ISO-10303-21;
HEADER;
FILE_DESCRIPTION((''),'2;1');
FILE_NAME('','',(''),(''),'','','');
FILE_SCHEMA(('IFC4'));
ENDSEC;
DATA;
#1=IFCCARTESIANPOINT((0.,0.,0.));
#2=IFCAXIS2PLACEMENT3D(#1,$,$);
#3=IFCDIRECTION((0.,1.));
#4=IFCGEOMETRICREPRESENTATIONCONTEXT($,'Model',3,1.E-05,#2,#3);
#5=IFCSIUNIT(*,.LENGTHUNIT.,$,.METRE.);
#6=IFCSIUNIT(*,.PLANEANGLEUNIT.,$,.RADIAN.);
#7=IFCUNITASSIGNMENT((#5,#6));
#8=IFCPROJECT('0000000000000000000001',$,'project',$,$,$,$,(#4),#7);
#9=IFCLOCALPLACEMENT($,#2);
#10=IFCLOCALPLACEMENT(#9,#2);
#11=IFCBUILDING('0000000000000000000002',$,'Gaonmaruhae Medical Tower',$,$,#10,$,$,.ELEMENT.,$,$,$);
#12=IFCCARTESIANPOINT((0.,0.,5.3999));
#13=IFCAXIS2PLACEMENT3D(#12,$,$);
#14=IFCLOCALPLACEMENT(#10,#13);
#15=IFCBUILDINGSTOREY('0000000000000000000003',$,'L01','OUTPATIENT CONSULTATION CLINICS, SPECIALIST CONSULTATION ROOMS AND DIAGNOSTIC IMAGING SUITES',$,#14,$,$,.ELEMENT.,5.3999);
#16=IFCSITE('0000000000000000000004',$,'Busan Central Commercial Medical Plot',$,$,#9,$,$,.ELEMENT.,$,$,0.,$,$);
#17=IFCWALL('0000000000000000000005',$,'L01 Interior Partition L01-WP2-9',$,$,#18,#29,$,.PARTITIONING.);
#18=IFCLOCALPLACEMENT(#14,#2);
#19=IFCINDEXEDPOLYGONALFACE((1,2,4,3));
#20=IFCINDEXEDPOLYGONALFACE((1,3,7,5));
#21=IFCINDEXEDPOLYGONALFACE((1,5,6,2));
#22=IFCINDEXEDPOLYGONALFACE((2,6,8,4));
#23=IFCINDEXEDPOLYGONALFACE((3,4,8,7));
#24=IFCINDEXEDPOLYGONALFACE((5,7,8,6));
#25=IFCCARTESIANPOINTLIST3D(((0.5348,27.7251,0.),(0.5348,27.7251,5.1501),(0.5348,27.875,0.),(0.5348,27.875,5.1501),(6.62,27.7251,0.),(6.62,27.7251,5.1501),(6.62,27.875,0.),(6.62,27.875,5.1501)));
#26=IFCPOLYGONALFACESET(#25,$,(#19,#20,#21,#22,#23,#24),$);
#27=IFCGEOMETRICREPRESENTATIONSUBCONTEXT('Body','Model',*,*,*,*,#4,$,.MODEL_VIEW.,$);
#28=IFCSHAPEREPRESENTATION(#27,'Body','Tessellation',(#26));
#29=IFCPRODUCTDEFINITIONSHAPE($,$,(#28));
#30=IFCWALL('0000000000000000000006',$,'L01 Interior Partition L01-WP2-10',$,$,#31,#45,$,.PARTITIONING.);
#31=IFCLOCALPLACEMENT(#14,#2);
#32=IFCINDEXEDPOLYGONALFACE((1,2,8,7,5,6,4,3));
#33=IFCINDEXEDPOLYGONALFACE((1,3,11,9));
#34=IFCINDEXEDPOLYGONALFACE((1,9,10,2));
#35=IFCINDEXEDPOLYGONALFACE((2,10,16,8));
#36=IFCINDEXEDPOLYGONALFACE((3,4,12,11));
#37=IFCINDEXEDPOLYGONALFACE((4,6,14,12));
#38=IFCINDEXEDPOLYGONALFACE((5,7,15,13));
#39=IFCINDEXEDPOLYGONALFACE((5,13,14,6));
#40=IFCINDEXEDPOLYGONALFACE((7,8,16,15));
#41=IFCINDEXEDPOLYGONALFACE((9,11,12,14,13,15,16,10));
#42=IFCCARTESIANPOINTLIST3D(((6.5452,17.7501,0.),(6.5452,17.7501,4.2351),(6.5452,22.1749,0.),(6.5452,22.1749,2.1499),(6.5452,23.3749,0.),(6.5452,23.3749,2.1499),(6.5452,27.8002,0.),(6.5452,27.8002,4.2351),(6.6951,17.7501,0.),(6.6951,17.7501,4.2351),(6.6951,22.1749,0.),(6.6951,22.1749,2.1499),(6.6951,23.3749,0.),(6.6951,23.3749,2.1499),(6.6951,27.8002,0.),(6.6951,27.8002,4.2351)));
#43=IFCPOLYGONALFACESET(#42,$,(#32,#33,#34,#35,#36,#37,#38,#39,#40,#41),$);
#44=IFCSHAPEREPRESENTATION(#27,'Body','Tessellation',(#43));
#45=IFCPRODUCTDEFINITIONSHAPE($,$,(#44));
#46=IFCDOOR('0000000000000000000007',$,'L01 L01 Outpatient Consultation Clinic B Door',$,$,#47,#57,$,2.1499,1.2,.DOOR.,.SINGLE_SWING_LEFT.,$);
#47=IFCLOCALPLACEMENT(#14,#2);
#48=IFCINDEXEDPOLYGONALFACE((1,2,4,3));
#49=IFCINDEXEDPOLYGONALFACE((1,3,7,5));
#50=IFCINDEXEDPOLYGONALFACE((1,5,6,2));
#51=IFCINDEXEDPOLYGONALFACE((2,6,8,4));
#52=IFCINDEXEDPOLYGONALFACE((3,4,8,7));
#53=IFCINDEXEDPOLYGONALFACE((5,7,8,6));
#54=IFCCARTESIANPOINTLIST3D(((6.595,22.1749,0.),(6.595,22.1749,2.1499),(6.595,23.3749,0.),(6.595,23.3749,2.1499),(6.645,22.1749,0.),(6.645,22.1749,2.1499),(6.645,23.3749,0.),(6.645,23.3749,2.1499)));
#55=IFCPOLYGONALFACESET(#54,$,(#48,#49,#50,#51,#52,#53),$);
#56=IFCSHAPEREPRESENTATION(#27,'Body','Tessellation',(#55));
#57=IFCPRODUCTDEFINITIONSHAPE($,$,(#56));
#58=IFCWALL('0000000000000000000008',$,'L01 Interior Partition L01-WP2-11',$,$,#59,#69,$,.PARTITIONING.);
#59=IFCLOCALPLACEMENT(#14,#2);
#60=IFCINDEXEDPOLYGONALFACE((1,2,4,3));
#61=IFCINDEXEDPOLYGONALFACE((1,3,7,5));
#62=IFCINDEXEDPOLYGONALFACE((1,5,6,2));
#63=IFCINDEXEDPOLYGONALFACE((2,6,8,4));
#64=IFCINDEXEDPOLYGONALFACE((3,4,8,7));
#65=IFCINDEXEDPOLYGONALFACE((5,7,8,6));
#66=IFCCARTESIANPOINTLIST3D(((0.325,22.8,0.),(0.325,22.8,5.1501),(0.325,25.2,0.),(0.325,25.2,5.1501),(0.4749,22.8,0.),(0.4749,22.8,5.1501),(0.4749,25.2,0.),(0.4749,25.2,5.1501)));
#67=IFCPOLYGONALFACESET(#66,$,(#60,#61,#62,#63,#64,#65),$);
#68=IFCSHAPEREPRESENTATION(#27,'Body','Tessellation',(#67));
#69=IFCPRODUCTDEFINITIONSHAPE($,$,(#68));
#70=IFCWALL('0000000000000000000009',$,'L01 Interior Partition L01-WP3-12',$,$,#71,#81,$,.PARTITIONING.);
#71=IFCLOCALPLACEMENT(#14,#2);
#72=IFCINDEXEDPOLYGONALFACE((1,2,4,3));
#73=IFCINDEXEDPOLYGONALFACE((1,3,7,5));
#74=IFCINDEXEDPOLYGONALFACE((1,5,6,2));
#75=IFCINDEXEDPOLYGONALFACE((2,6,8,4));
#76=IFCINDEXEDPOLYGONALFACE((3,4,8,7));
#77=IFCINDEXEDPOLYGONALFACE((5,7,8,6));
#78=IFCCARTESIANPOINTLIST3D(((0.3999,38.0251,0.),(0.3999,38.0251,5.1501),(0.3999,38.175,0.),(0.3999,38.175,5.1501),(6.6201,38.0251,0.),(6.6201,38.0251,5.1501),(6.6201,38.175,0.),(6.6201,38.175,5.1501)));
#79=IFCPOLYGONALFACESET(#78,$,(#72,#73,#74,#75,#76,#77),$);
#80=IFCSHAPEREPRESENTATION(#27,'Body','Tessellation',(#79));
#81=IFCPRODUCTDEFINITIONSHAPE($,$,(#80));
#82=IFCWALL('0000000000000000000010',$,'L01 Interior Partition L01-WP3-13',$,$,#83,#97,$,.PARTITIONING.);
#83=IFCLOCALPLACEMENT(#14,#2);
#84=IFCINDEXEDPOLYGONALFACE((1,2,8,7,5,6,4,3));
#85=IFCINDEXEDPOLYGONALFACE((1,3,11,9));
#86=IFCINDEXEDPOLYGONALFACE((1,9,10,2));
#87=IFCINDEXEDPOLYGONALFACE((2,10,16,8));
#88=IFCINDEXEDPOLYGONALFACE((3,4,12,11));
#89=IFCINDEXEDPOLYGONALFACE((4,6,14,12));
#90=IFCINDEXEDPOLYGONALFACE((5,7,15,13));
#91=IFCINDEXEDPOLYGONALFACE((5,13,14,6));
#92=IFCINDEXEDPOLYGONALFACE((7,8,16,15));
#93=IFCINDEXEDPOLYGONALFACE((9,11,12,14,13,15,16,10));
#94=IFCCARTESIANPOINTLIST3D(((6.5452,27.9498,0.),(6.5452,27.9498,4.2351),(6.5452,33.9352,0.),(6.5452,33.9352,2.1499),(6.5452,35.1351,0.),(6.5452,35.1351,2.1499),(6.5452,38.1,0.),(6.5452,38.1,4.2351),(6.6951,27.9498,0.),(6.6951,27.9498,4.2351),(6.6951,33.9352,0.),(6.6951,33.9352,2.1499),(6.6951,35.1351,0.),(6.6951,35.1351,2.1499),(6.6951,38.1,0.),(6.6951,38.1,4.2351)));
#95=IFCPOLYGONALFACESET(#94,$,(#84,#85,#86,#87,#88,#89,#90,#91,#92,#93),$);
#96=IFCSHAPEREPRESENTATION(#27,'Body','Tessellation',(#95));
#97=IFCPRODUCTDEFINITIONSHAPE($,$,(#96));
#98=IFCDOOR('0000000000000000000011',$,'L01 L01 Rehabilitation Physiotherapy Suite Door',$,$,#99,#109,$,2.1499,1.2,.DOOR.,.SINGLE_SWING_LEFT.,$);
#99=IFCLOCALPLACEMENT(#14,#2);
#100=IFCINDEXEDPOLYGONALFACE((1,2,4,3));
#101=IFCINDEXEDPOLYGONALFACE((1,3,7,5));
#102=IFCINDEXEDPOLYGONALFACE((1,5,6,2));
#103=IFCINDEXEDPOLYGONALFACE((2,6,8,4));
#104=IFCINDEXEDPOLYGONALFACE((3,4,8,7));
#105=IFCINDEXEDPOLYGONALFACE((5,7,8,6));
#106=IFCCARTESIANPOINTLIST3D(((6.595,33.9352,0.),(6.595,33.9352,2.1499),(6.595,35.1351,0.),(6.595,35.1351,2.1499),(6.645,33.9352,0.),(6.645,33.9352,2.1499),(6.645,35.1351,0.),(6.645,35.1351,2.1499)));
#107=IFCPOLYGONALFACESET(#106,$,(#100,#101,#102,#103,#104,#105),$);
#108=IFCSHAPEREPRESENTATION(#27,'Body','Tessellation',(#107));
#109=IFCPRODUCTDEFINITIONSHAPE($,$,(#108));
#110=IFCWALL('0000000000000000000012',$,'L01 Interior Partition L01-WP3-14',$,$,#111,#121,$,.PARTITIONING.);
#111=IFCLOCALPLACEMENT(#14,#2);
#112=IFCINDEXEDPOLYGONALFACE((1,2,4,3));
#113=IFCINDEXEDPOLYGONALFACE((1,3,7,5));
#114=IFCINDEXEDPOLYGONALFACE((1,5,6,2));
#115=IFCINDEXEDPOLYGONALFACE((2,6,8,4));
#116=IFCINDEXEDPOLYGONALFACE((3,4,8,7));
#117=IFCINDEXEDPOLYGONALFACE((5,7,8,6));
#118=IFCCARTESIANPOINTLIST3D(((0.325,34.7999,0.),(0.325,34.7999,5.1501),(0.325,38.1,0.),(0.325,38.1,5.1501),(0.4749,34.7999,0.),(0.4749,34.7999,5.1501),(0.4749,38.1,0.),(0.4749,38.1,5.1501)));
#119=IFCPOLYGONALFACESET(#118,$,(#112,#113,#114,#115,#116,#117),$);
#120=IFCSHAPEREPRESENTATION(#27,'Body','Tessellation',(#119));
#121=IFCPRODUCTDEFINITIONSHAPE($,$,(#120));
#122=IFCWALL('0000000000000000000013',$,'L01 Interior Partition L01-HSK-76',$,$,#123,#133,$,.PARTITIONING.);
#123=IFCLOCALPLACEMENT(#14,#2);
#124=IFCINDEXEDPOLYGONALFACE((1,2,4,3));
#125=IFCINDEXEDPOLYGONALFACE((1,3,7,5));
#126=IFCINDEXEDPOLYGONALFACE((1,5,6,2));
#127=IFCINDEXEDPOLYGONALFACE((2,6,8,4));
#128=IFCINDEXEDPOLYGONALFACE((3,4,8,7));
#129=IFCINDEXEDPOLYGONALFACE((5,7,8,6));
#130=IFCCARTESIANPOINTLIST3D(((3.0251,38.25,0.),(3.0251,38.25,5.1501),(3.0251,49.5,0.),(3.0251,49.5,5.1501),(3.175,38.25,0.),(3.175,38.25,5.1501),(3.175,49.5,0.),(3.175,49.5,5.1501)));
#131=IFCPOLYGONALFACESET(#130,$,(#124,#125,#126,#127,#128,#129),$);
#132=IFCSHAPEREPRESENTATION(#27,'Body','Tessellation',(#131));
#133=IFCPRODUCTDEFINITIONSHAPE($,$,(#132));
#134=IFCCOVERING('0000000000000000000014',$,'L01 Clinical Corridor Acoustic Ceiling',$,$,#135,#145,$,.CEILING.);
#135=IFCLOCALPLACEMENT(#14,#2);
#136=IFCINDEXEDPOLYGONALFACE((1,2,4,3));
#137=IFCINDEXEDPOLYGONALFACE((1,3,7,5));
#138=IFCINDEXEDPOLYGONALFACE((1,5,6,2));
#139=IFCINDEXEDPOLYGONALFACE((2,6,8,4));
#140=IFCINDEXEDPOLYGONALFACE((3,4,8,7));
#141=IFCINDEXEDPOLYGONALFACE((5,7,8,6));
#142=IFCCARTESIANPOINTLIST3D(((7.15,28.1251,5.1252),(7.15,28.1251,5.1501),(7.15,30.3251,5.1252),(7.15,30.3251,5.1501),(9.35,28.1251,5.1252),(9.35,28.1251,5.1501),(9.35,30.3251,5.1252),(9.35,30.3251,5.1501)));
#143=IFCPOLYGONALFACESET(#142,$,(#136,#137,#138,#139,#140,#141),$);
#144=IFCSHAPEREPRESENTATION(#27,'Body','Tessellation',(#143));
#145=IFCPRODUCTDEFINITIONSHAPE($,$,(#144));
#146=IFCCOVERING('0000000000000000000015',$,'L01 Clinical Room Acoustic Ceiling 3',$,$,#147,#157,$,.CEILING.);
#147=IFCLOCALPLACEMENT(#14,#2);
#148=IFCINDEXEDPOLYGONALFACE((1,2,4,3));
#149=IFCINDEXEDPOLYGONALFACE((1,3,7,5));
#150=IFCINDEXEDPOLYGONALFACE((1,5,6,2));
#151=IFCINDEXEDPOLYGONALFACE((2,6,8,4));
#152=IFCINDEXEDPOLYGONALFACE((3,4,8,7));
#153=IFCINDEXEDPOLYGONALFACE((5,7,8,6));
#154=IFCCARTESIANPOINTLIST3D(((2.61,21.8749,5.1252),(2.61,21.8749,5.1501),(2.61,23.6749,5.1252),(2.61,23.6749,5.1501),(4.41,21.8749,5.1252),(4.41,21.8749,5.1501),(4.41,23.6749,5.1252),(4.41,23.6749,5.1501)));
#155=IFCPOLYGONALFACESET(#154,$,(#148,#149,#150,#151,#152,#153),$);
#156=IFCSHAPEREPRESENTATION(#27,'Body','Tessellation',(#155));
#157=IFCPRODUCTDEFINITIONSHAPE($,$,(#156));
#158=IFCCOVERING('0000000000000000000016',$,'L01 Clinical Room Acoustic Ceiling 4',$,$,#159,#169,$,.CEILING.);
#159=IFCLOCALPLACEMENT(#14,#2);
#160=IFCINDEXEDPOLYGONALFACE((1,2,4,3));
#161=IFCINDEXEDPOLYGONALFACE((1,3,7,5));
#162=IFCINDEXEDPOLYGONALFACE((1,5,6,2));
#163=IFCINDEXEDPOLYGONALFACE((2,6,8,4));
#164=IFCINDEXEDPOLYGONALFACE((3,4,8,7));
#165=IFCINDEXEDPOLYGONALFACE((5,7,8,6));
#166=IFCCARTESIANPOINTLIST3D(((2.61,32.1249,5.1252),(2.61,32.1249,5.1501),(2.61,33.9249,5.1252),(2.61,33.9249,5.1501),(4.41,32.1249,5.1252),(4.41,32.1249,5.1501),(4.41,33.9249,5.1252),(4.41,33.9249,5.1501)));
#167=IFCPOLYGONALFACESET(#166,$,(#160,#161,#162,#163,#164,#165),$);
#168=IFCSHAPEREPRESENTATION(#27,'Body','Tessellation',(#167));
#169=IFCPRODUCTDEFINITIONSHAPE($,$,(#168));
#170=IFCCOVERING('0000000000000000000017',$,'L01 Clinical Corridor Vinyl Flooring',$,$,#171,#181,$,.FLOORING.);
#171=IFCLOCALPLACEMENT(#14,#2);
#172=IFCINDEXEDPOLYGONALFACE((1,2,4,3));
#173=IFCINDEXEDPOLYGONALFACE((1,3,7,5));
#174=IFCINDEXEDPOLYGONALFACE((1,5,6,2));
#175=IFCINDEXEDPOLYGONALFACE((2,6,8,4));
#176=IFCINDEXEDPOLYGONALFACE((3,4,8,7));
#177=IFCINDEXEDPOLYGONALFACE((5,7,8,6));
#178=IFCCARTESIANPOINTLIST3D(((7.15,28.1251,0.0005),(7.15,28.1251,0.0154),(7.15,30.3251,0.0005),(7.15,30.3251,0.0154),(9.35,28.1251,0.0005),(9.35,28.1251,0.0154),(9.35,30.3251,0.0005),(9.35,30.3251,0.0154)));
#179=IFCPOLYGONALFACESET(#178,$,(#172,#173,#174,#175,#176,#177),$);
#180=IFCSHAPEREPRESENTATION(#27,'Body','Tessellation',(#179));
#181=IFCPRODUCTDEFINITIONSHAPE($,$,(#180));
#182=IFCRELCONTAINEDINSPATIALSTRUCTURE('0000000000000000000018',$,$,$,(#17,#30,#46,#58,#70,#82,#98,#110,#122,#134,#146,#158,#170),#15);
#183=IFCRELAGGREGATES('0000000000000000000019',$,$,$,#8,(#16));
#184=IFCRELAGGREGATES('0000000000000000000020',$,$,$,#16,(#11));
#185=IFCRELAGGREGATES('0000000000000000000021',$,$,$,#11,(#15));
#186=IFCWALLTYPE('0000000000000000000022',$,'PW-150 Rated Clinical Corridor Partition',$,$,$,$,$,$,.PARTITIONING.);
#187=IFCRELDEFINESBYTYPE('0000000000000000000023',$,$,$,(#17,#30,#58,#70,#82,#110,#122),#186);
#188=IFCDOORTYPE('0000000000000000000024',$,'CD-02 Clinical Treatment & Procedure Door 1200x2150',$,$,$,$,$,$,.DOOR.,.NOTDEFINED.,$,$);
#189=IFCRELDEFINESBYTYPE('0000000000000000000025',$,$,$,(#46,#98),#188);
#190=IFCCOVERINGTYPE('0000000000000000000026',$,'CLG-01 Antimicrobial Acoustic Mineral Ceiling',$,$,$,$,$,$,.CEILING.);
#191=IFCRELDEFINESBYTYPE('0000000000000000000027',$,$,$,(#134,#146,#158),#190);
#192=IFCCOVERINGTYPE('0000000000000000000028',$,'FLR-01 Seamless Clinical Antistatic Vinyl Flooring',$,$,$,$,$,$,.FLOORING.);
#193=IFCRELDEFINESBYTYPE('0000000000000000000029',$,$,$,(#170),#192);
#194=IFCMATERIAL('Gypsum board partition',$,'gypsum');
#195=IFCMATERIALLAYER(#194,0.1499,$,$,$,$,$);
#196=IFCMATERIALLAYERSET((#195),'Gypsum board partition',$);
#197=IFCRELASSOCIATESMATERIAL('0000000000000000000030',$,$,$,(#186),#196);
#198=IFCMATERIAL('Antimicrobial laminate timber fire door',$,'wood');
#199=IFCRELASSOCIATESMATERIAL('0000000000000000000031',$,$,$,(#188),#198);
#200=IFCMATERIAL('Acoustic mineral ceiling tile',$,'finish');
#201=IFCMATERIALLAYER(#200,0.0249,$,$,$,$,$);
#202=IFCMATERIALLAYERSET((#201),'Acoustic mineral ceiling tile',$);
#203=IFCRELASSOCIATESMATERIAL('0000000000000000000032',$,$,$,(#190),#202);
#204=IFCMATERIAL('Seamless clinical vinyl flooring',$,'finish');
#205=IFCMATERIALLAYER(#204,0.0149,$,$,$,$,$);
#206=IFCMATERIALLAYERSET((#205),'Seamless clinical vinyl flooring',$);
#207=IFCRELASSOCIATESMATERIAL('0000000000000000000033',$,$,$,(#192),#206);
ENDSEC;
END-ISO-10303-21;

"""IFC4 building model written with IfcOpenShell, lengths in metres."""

from ifc_helpers import new_model, si_unit, direction, frame, frame_2d, origin, origin_2d, place, context, subcontext, project, spatial, rectangle, extrude, material, layer, layer_set, type_object, element, fill, save


model = new_model("IFC4")

# Units and contexts
model_context = context("Model", 3, precision=1e-05, world=origin(), true_north=direction((0.0, 1.0)))
body_context = subcontext(model_context, "Body", "Model", "MODEL_VIEW")
ifc_project = project(units=[si_unit("LENGTHUNIT", "METRE"), si_unit("PLANEANGLEUNIT", "RADIAN")], contexts=[model_context])

# Site, building, storey
site_placement = place(None, origin())
site = spatial("IfcSite", under=ifc_project, at=site_placement, Name="Busan Central Commercial Medical Plot", CompositionType="ELEMENT", RefElevation=0.0)
building_placement = place(site_placement, origin())
building = spatial("IfcBuilding", under=site, at=building_placement, Name="Gaonmaruhae Medical Tower", CompositionType="ELEMENT")
storey_placement = place(building_placement, frame((0.0, 0.0, 5.3999)))
storey = spatial("IfcBuildingStorey", under=building, at=storey_placement, Name="L01", Description="OUTPATIENT CONSULTATION CLINICS, SPECIALIST CONSULTATION ROOMS AND DIAGNOSTIC IMAGING SUITES", CompositionType="ELEMENT", Elevation=5.3999)

# Shared definitions
ifc_material_1 = material(Name="Gypsum board partition", Category="gypsum")
ifc_layer_1 = layer(ifc_material_1, 0.1499)
ifc_layer_set_1 = layer_set([ifc_layer_1], Name="Gypsum board partition")
wall_type_1 = type_object("IfcWallType", Name="PW-150 Rated Clinical Corridor Partition", PredefinedType="PARTITIONING", material=ifc_layer_set_1)

# Shared definitions
ifc_material_2 = material(Name="Antimicrobial laminate timber fire door", Category="wood")
door_type = type_object("IfcDoorType", Name="CD-02 Clinical Treatment & Procedure Door 1200x2150", OperationType="NOTDEFINED", PredefinedType="DOOR", material=ifc_material_2)

# Wall
wall_1_placement = place(storey_placement, frame((0.5349, 27.8, 0.0), z_axis=(0.0, 0.0, 1.0), x_axis=(1.0, 0.0, 0.0)))
element("IfcWall", 1, at=wall_1_placement, inside=storey, type_object=wall_type_1, Name="L01 Interior Partition L01-WP2-9", PredefinedType="PARTITIONING", context=body_context, shape_type="SweptSolid", body=[
    extrude(rectangle(XDim=6.0852, YDim=0.1499, at=frame_2d((3.0425, 0.0))), origin(), (0.0, 0.0, 1.0), 5.1501),
])

# Wall, opening, door
wall_2_placement = place(storey_placement, frame((6.6201, 27.8, 0.0), z_axis=(0.0, 0.0, 1.0), x_axis=(0.0, -1.0, 0.0)))
wall_2 = element("IfcWall", 2, at=wall_2_placement, inside=storey, type_object=wall_type_1, Name="L01 Interior Partition L01-WP2-10", PredefinedType="PARTITIONING", context=body_context, shape_type="SweptSolid", body=[
    extrude(rectangle(XDim=10.05, YDim=0.1499, at=frame_2d((5.0249, 0.0))), origin(), (0.0, 0.0, 1.0), 4.2351),
])
opening_1_placement = place(wall_2_placement, frame((4.425, 0.0, 0.0)))
opening_1 = element("IfcOpeningElement", 3, at=opening_1_placement, cuts=wall_2, PredefinedType="OPENING", context=body_context, shape_type="SweptSolid", body=[
    extrude(rectangle(XDim=1.2, YDim=2.1499, at=frame_2d((0.6001, 1.075))), frame((0.0, 0.085, 0.0), z_axis=(0.0, -1.0, 0.0), x_axis=(1.0, 0.0, 0.0)), (0.0, 0.0, 1.0), 0.1699),
])
door_1_placement = place(opening_1_placement, origin())
door_1 = element("IfcDoor", 4, at=door_1_placement, inside=storey, type_object=door_type, Name="L01 L01 Outpatient Consultation Clinic B Door", OperationType="SINGLE_SWING_LEFT", OverallHeight=2.1499, OverallWidth=1.2, PredefinedType="DOOR", context=body_context, shape_type="SweptSolid", body=[
    extrude(rectangle(XDim=1.2, YDim=2.1499, at=frame_2d((0.6001, 1.075))), frame((0.0, 0.0249, 0.0), z_axis=(0.0, -1.0, 0.0), x_axis=(1.0, 0.0, 0.0)), (0.0, 0.0, 1.0), 0.05),
])
fill(opening_1, door_1)

# Walls
wall_3_placement = place(storey_placement, frame((0.3999, 22.8, 0.0), z_axis=(0.0, 0.0, 1.0), x_axis=(0.0, 1.0, 0.0)))
element("IfcWall", 5, at=wall_3_placement, inside=storey, type_object=wall_type_1, Name="L01 Interior Partition L01-WP2-11", PredefinedType="PARTITIONING", context=body_context, shape_type="SweptSolid", body=[
    extrude(rectangle(XDim=2.3999, YDim=0.1499, at=frame_2d((1.2, 0.0))), origin(), (0.0, 0.0, 1.0), 5.1501),
])
wall_4_placement = place(storey_placement, frame((0.3999, 38.1001, 0.0), z_axis=(0.0, 0.0, 1.0), x_axis=(1.0, 0.0, 0.0)))
element("IfcWall", 6, at=wall_4_placement, inside=storey, type_object=wall_type_1, Name="L01 Interior Partition L01-WP3-12", PredefinedType="PARTITIONING", context=body_context, shape_type="SweptSolid", body=[
    extrude(rectangle(XDim=6.2202, YDim=0.1499, at=frame_2d((3.1101, 0.0))), origin(), (0.0, 0.0, 1.0), 5.1501),
])

# Wall, opening, door
wall_5_placement = place(storey_placement, frame((6.6201, 38.1001, 0.0), z_axis=(0.0, 0.0, 1.0), x_axis=(0.0, -1.0, 0.0)))
wall_5 = element("IfcWall", 7, at=wall_5_placement, inside=storey, type_object=wall_type_1, Name="L01 Interior Partition L01-WP3-13", PredefinedType="PARTITIONING", context=body_context, shape_type="SweptSolid", body=[
    extrude(rectangle(XDim=10.1501, YDim=0.1499, at=frame_2d((5.0752, 0.0))), origin(), (0.0, 0.0, 1.0), 4.2351),
])
opening_2_placement = place(wall_5_placement, frame((2.9648, 0.0, 0.0)))
opening_2 = element("IfcOpeningElement", 8, at=opening_2_placement, cuts=wall_5, PredefinedType="OPENING", context=body_context, shape_type="SweptSolid", body=[
    extrude(rectangle(XDim=1.2, YDim=2.1499, at=frame_2d((0.6001, 1.075))), frame((0.0, 0.085, 0.0), z_axis=(0.0, -1.0, 0.0), x_axis=(1.0, 0.0, 0.0)), (0.0, 0.0, 1.0), 0.1699),
])
door_2_placement = place(opening_2_placement, origin())
door_2 = element("IfcDoor", 9, at=door_2_placement, inside=storey, type_object=door_type, Name="L01 L01 Rehabilitation Physiotherapy Suite Door", OperationType="SINGLE_SWING_LEFT", OverallHeight=2.1499, OverallWidth=1.2, PredefinedType="DOOR", context=body_context, shape_type="SweptSolid", body=[
    extrude(rectangle(XDim=1.2, YDim=2.1499, at=frame_2d((0.6001, 1.075))), frame((0.0, 0.0249, 0.0), z_axis=(0.0, -1.0, 0.0), x_axis=(1.0, 0.0, 0.0)), (0.0, 0.0, 1.0), 0.05),
])
fill(opening_2, door_2)

# Walls
wall_6_placement = place(storey_placement, frame((0.3999, 34.8, 0.0), z_axis=(0.0, 0.0, 1.0), x_axis=(0.0, 1.0, 0.0)))
element("IfcWall", 10, at=wall_6_placement, inside=storey, type_object=wall_type_1, Name="L01 Interior Partition L01-WP3-14", PredefinedType="PARTITIONING", context=body_context, shape_type="SweptSolid", body=[
    extrude(rectangle(XDim=3.3, YDim=0.1499, at=frame_2d((1.6499, 0.0))), origin(), (0.0, 0.0, 1.0), 5.1501),
])
wall_7_placement = place(storey_placement, frame((3.1001, 38.25, 0.0), z_axis=(0.0, 0.0, 1.0), x_axis=(0.0, 1.0, 0.0)))
element("IfcWall", 11, at=wall_7_placement, inside=storey, type_object=wall_type_1, Name="L01 Interior Partition L01-HSK-76", PredefinedType="PARTITIONING", context=body_context, shape_type="SweptSolid", body=[
    extrude(rectangle(XDim=11.25, YDim=0.1499, at=frame_2d((5.625, 0.0))), origin(), (0.0, 0.0, 1.0), 5.1501),
])

# Coverings
ifc_material_3 = material(Name="Acoustic mineral ceiling tile", Category="finish")
ifc_layer_2 = layer(ifc_material_3, 0.0249)
ifc_layer_set_2 = layer_set([ifc_layer_2], Name="Acoustic mineral ceiling tile")
covering_type_1 = type_object("IfcCoveringType", Name="CLG-01 Antimicrobial Acoustic Mineral Ceiling", PredefinedType="CEILING", material=ifc_layer_set_2)
covering_1_placement = place(storey_placement, frame((8.25, 29.2251, 5.1252), z_axis=(0.0, 0.0, 1.0), x_axis=(1.0, 0.0, 0.0)))
element("IfcCovering", 12, at=covering_1_placement, inside=storey, type_object=covering_type_1, Name="L01 Clinical Corridor Acoustic Ceiling", PredefinedType="CEILING", context=body_context, shape_type="SweptSolid", body=[
    extrude(rectangle(XDim=2.2, YDim=2.2, at=origin_2d()), origin(), (0.0, 0.0, 1.0), 0.0249),
])
for number, where, z_axis, x_axis, name in (
    (13, (3.51, 22.7749, 5.1252), (0.0, 0.0, 1.0), (1.0, 0.0, 0.0), "L01 Clinical Room Acoustic Ceiling 3"),
    (14, (3.51, 33.0249, 5.1252), (0.0, 0.0, 1.0), (1.0, 0.0, 0.0), "L01 Clinical Room Acoustic Ceiling 4"),
):
    element("IfcCovering", number, at=place(storey_placement, frame(where, z_axis=z_axis, x_axis=x_axis)), inside=storey, type_object=covering_type_1, Name=name, PredefinedType="CEILING", context=body_context, shape_type="SweptSolid", body=[
        extrude(rectangle(XDim=1.8, YDim=1.8, at=origin_2d()), origin(), (0.0, 0.0, 1.0), 0.0249),
    ])
ifc_material_4 = material(Name="Seamless clinical vinyl flooring", Category="finish")
ifc_layer_3 = layer(ifc_material_4, 0.0149)
ifc_layer_set_3 = layer_set([ifc_layer_3], Name="Seamless clinical vinyl flooring")
covering_type_2 = type_object("IfcCoveringType", Name="FLR-01 Seamless Clinical Antistatic Vinyl Flooring", PredefinedType="FLOORING", material=ifc_layer_set_3)
covering_2_placement = place(storey_placement, frame((8.25, 29.2251, 0.0005), z_axis=(0.0, 0.0, 1.0), x_axis=(1.0, 0.0, 0.0)))
element("IfcCovering", 15, at=covering_2_placement, inside=storey, type_object=covering_type_2, Name="L01 Clinical Corridor Vinyl Flooring", PredefinedType="FLOORING", context=body_context, shape_type="SweptSolid", body=[
    extrude(rectangle(XDim=2.2, YDim=2.2, at=origin_2d()), origin(), (0.0, 0.0, 1.0), 0.0149),
])

save(model, "model.ifc")
